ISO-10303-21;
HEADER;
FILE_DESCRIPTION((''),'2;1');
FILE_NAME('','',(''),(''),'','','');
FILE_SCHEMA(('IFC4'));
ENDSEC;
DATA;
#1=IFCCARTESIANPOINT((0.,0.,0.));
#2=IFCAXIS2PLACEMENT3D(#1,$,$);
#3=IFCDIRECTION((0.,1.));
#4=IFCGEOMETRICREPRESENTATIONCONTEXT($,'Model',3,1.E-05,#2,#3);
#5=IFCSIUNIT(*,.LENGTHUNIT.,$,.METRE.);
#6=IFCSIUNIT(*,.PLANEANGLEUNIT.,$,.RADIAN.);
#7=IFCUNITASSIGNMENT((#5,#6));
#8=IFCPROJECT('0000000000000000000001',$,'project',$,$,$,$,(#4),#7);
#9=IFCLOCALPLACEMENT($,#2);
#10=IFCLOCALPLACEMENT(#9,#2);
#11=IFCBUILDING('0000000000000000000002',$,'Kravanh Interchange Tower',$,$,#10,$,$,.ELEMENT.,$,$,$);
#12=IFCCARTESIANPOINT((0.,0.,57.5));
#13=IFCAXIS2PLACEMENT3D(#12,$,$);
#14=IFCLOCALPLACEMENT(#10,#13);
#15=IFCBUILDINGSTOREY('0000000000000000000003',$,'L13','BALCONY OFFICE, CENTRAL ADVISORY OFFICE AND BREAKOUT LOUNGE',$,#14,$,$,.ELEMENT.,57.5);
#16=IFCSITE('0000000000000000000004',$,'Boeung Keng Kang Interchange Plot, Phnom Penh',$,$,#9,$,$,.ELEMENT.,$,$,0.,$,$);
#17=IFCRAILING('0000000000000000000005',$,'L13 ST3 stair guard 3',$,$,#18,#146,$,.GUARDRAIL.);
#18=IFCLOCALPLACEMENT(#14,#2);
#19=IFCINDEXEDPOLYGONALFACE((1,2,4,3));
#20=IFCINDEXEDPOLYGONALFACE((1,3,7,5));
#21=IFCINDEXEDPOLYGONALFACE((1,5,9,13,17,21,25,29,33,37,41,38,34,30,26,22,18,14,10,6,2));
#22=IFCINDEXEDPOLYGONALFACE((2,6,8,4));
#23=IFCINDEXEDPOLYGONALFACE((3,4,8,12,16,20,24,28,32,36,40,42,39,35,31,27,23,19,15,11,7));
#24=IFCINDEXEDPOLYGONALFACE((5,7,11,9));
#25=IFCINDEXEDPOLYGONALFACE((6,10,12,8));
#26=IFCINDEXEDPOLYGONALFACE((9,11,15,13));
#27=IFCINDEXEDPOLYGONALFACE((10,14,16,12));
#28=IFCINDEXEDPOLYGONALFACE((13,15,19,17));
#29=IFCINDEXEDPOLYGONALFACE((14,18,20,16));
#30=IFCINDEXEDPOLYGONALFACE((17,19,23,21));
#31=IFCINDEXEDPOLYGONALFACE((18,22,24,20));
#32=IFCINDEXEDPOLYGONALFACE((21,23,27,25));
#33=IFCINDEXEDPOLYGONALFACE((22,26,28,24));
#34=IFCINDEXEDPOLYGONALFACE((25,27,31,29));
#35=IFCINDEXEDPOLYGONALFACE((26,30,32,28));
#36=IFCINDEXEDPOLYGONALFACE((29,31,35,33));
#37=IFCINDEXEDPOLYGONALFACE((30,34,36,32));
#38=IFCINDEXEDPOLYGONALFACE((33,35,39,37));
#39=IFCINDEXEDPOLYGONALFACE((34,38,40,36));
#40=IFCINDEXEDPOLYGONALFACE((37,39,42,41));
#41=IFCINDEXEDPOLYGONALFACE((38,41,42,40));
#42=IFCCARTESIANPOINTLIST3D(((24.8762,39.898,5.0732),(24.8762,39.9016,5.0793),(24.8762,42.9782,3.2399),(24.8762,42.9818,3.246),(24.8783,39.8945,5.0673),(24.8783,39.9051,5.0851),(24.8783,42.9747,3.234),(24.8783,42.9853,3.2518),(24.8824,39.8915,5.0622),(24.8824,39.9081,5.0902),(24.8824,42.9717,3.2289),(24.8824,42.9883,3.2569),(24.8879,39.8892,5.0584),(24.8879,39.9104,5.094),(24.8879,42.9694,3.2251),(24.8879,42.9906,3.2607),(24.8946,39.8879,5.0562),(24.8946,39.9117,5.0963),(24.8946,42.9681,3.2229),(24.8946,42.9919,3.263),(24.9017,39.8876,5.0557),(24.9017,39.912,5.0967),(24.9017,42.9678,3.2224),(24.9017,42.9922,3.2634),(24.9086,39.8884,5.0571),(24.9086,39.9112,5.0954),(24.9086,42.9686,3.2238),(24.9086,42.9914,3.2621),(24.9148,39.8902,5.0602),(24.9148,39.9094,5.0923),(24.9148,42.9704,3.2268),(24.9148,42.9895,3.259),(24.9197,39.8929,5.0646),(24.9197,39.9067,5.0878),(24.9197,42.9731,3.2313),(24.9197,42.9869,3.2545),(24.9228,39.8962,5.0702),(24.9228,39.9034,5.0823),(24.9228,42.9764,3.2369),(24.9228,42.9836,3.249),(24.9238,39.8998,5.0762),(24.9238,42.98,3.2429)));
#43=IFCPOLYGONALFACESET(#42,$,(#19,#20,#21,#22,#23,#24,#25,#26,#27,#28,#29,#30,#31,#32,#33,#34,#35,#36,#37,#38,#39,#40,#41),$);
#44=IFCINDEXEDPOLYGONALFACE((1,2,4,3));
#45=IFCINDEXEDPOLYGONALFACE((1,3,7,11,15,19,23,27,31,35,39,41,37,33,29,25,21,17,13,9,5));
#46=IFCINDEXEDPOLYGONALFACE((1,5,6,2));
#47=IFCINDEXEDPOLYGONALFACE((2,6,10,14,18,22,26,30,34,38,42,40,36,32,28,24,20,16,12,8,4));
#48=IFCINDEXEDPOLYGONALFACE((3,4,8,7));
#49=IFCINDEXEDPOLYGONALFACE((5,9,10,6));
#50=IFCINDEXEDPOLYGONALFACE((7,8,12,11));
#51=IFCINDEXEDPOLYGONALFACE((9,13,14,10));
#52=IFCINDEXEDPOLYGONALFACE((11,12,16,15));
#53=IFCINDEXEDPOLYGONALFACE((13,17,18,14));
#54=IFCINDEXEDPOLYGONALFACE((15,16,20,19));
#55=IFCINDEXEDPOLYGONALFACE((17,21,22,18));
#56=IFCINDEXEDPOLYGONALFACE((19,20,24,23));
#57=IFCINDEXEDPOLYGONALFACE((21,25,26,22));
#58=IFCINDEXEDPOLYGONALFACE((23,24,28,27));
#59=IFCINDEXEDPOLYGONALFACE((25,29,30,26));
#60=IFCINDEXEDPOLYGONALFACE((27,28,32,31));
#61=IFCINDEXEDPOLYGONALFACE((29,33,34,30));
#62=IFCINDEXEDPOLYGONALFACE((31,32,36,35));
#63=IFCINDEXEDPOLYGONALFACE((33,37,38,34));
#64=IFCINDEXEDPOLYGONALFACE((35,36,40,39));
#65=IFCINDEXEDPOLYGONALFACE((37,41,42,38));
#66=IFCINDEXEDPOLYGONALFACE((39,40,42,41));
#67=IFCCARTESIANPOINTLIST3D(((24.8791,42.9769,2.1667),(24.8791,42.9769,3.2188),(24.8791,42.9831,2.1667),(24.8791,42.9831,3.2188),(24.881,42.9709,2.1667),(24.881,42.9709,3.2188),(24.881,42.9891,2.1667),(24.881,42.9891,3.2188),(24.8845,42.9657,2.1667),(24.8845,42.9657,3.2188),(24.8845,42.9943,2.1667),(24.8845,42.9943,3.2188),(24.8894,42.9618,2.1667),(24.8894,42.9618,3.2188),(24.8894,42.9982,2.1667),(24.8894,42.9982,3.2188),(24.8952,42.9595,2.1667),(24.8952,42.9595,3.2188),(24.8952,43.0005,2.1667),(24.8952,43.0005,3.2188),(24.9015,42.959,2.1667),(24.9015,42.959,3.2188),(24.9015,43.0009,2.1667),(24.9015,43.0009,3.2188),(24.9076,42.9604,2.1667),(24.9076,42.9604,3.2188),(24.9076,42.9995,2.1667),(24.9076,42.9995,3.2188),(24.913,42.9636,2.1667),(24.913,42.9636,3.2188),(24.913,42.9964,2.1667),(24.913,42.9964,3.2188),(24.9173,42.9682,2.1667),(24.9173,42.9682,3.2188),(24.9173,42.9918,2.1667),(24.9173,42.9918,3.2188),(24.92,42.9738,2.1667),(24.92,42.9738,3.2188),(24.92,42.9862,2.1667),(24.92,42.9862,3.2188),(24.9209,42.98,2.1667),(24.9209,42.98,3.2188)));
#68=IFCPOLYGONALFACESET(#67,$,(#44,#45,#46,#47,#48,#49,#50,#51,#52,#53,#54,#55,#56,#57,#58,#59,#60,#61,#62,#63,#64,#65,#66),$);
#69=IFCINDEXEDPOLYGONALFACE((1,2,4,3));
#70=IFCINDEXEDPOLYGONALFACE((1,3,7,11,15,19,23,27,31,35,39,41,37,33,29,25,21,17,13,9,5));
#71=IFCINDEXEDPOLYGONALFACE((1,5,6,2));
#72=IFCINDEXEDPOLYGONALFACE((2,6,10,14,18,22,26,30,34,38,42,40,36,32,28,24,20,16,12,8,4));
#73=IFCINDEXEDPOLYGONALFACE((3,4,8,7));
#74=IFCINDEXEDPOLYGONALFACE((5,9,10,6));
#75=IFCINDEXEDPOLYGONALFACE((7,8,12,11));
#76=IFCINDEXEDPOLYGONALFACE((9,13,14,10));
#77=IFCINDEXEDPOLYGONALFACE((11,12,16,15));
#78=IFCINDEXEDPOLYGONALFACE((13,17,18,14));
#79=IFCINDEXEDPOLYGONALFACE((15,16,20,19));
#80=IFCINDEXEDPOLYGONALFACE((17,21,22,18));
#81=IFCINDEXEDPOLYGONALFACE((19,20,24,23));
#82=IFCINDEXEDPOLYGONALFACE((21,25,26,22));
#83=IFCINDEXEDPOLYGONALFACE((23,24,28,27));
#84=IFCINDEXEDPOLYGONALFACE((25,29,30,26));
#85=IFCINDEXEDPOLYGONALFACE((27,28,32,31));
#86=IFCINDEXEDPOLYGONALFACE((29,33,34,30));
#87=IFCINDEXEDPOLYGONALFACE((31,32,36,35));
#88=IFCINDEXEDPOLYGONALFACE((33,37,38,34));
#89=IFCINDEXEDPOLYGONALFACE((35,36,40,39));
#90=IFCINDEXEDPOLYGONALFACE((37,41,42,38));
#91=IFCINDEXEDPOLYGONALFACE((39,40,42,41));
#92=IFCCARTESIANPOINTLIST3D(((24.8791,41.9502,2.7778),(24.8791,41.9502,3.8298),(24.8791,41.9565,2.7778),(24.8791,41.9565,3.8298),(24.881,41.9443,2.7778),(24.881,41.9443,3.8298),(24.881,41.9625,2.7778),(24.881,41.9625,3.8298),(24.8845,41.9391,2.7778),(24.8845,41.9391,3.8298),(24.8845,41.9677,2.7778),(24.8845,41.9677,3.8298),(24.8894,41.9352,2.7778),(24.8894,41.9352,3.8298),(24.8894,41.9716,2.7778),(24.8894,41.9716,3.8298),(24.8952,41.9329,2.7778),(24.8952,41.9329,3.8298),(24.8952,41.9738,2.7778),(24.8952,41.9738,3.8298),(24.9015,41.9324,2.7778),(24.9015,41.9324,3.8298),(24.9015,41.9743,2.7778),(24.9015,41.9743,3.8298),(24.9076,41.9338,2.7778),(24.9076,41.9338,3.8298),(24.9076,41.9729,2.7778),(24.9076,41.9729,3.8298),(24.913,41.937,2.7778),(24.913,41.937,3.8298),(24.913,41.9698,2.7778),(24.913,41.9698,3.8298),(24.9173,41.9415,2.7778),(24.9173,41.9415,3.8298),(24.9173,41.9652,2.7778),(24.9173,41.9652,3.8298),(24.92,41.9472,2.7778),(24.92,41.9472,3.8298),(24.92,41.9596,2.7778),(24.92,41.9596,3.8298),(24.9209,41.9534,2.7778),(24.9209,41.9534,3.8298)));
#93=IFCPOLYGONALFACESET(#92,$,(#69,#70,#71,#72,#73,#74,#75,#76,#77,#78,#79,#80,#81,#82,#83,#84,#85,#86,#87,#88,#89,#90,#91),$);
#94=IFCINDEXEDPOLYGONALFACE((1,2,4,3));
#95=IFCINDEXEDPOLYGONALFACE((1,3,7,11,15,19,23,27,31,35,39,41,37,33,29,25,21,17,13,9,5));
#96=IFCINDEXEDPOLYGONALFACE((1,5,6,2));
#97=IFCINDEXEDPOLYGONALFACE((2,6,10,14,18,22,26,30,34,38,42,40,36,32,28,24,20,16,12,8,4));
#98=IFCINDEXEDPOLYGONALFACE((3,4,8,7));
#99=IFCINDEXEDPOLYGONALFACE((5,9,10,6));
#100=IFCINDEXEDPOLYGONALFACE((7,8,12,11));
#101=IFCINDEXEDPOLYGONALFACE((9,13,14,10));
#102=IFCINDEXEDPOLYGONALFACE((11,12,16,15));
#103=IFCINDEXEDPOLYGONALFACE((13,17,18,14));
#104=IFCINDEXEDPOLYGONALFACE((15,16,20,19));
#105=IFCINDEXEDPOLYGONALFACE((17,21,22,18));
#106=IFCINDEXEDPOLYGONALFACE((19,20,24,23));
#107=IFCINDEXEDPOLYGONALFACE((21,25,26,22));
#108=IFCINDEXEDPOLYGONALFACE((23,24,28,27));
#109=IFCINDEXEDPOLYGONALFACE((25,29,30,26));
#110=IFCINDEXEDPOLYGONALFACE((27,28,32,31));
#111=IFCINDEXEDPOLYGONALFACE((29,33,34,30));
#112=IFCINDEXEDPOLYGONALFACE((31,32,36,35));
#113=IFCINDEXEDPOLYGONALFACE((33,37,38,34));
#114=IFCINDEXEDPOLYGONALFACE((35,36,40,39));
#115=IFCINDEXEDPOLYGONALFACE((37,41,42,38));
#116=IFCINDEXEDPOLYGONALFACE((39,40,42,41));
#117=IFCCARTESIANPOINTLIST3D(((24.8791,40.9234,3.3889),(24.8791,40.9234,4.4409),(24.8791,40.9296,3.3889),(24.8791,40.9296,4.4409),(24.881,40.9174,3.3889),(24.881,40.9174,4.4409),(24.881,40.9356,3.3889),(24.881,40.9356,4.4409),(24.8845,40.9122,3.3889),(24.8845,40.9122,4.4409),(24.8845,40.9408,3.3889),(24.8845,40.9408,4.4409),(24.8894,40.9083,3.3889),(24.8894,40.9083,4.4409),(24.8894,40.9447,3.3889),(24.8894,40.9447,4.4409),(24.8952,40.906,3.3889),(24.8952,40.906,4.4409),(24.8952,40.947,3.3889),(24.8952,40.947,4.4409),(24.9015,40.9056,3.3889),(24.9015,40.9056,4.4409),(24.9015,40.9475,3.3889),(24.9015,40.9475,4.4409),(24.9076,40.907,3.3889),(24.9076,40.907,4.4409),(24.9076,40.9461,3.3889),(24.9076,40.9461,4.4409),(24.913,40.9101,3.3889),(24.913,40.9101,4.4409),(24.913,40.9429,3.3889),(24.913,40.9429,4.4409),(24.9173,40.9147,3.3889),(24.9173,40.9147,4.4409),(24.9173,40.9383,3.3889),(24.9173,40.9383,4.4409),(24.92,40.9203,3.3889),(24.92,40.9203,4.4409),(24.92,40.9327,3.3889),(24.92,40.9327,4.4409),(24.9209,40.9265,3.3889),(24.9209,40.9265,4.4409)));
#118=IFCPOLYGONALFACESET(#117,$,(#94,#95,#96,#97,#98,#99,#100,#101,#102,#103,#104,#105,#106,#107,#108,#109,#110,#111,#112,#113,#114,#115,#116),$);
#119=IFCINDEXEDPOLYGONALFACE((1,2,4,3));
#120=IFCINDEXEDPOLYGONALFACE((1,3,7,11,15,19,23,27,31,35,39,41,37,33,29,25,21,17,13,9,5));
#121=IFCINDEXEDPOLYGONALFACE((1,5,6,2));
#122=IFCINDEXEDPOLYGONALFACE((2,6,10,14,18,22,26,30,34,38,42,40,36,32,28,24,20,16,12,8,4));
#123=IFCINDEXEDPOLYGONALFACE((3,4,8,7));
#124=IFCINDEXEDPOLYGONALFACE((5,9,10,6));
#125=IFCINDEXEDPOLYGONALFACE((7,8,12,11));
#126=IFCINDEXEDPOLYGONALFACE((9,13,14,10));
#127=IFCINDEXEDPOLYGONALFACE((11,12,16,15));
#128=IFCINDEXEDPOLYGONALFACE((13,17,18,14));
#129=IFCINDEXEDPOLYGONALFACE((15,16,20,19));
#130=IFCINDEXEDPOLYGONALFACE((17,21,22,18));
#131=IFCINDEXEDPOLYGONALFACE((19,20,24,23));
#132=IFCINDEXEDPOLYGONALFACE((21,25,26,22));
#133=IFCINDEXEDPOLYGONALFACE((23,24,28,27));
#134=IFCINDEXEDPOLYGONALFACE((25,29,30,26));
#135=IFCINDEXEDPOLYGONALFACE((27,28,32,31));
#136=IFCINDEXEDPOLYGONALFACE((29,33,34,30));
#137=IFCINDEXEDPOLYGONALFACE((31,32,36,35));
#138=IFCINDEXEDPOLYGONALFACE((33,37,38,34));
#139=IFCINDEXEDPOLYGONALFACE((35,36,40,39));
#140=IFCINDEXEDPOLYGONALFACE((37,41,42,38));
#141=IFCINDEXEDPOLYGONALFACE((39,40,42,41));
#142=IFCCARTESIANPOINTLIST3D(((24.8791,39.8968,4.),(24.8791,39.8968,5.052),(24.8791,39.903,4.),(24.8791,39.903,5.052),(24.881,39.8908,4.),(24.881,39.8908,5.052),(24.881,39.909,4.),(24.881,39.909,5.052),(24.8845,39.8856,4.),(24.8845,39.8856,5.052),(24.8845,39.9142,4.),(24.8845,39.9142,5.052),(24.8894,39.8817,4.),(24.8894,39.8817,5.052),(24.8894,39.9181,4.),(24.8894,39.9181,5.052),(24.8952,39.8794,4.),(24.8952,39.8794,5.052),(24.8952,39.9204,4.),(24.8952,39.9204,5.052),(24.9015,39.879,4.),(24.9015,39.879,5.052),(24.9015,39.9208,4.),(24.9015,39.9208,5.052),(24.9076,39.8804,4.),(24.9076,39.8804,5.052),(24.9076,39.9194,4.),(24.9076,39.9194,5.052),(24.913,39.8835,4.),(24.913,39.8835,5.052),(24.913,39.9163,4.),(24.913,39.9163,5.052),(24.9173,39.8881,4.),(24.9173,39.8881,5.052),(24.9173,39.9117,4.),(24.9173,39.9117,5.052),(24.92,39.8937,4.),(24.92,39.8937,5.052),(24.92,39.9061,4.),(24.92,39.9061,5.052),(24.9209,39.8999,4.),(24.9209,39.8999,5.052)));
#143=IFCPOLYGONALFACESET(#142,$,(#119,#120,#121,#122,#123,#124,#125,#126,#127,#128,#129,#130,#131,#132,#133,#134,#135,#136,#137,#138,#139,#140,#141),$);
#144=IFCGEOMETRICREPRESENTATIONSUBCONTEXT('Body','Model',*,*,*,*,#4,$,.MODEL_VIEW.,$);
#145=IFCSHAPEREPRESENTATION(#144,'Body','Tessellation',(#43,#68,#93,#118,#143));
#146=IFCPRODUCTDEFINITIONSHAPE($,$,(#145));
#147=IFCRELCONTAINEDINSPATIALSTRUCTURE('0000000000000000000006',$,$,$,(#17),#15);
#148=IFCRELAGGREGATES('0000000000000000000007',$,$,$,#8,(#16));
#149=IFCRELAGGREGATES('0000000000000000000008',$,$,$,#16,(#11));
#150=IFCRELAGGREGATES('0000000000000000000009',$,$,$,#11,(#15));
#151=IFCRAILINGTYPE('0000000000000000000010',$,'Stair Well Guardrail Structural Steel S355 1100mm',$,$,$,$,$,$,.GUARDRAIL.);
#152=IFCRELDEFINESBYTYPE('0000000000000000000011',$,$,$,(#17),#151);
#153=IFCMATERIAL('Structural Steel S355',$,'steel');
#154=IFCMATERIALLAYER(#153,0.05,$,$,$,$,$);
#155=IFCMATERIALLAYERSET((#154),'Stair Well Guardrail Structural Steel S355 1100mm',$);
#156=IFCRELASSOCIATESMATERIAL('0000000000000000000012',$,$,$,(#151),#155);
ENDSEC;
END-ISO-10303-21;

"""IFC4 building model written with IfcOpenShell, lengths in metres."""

from ifc_helpers import new_model, si_unit, direction, frame, origin, origin_2d, place, context, subcontext, project, spatial, circle, extrude, material, layer, layer_set, type_object, element, save


model = new_model("IFC4")

# Units and contexts
model_context = context("Model", 3, precision=1e-05, world=origin(), true_north=direction((0.0, 1.0)))
body_context = subcontext(model_context, "Body", "Model", "MODEL_VIEW")
ifc_project = project(units=[si_unit("LENGTHUNIT", "METRE"), si_unit("PLANEANGLEUNIT", "RADIAN")], contexts=[model_context])

# Site, building, storey
site_placement = place(None, origin())
site = spatial("IfcSite", under=ifc_project, at=site_placement, Name="Boeung Keng Kang Interchange Plot, Phnom Penh", CompositionType="ELEMENT", RefElevation=0.0)
building_placement = place(site_placement, origin())
building = spatial("IfcBuilding", under=site, at=building_placement, Name="Kravanh Interchange Tower", CompositionType="ELEMENT")
storey_placement = place(building_placement, frame((0.0, 0.0, 57.5)))
storey = spatial("IfcBuildingStorey", under=building, at=storey_placement, Name="L13", Description="BALCONY OFFICE, CENTRAL ADVISORY OFFICE AND BREAKOUT LOUNGE", CompositionType="ELEMENT", Elevation=57.5)

# Railing
ifc_material_1 = material(Name="Structural Steel S355", Category="steel")
ifc_layer_1 = layer(ifc_material_1, 0.05)
ifc_layer_set_1 = layer_set([ifc_layer_1], Name="Stair Well Guardrail Structural Steel S355 1100mm")
railing_type_1 = type_object("IfcRailingType", Name="Stair Well Guardrail Structural Steel S355 1100mm", PredefinedType="GUARDRAIL", material=ifc_layer_set_1)
railing_1_placement = place(storey_placement, frame((24.8999, 42.98, 2.1667)))
element("IfcRailing", 1, at=railing_1_placement, inside=storey, type_object=railing_type_1, Name="L13 ST3 stair guard 3", PredefinedType="GUARDRAIL", context=body_context, shape_type="SweptSolid", body=[
    extrude(circle(Radius=0.0239, at=origin_2d()), frame((0.0, 0.0, 1.0762), z_axis=(0.0, -0.859309, 0.511458), x_axis=(1.0, 0.0, 0.0)), (0.0, 0.0, 1.0), 3.5845),
    extrude(circle(Radius=0.021, at=origin_2d()), origin(), (0.0, 0.0, 1.0), 1.052),
    extrude(circle(Radius=0.021, at=origin_2d()), frame((0.0, -1.0266, 0.6111)), (0.0, 0.0, 1.0), 1.052),
    extrude(circle(Radius=0.021, at=origin_2d()), frame((0.0, -2.0535, 1.2222)), (0.0, 0.0, 1.0), 1.052),
    extrude(circle(Radius=0.021, at=origin_2d()), frame((0.0, -3.0801, 1.8333)), (0.0, 0.0, 1.0), 1.052),
])

save(model, "model.ifc")
